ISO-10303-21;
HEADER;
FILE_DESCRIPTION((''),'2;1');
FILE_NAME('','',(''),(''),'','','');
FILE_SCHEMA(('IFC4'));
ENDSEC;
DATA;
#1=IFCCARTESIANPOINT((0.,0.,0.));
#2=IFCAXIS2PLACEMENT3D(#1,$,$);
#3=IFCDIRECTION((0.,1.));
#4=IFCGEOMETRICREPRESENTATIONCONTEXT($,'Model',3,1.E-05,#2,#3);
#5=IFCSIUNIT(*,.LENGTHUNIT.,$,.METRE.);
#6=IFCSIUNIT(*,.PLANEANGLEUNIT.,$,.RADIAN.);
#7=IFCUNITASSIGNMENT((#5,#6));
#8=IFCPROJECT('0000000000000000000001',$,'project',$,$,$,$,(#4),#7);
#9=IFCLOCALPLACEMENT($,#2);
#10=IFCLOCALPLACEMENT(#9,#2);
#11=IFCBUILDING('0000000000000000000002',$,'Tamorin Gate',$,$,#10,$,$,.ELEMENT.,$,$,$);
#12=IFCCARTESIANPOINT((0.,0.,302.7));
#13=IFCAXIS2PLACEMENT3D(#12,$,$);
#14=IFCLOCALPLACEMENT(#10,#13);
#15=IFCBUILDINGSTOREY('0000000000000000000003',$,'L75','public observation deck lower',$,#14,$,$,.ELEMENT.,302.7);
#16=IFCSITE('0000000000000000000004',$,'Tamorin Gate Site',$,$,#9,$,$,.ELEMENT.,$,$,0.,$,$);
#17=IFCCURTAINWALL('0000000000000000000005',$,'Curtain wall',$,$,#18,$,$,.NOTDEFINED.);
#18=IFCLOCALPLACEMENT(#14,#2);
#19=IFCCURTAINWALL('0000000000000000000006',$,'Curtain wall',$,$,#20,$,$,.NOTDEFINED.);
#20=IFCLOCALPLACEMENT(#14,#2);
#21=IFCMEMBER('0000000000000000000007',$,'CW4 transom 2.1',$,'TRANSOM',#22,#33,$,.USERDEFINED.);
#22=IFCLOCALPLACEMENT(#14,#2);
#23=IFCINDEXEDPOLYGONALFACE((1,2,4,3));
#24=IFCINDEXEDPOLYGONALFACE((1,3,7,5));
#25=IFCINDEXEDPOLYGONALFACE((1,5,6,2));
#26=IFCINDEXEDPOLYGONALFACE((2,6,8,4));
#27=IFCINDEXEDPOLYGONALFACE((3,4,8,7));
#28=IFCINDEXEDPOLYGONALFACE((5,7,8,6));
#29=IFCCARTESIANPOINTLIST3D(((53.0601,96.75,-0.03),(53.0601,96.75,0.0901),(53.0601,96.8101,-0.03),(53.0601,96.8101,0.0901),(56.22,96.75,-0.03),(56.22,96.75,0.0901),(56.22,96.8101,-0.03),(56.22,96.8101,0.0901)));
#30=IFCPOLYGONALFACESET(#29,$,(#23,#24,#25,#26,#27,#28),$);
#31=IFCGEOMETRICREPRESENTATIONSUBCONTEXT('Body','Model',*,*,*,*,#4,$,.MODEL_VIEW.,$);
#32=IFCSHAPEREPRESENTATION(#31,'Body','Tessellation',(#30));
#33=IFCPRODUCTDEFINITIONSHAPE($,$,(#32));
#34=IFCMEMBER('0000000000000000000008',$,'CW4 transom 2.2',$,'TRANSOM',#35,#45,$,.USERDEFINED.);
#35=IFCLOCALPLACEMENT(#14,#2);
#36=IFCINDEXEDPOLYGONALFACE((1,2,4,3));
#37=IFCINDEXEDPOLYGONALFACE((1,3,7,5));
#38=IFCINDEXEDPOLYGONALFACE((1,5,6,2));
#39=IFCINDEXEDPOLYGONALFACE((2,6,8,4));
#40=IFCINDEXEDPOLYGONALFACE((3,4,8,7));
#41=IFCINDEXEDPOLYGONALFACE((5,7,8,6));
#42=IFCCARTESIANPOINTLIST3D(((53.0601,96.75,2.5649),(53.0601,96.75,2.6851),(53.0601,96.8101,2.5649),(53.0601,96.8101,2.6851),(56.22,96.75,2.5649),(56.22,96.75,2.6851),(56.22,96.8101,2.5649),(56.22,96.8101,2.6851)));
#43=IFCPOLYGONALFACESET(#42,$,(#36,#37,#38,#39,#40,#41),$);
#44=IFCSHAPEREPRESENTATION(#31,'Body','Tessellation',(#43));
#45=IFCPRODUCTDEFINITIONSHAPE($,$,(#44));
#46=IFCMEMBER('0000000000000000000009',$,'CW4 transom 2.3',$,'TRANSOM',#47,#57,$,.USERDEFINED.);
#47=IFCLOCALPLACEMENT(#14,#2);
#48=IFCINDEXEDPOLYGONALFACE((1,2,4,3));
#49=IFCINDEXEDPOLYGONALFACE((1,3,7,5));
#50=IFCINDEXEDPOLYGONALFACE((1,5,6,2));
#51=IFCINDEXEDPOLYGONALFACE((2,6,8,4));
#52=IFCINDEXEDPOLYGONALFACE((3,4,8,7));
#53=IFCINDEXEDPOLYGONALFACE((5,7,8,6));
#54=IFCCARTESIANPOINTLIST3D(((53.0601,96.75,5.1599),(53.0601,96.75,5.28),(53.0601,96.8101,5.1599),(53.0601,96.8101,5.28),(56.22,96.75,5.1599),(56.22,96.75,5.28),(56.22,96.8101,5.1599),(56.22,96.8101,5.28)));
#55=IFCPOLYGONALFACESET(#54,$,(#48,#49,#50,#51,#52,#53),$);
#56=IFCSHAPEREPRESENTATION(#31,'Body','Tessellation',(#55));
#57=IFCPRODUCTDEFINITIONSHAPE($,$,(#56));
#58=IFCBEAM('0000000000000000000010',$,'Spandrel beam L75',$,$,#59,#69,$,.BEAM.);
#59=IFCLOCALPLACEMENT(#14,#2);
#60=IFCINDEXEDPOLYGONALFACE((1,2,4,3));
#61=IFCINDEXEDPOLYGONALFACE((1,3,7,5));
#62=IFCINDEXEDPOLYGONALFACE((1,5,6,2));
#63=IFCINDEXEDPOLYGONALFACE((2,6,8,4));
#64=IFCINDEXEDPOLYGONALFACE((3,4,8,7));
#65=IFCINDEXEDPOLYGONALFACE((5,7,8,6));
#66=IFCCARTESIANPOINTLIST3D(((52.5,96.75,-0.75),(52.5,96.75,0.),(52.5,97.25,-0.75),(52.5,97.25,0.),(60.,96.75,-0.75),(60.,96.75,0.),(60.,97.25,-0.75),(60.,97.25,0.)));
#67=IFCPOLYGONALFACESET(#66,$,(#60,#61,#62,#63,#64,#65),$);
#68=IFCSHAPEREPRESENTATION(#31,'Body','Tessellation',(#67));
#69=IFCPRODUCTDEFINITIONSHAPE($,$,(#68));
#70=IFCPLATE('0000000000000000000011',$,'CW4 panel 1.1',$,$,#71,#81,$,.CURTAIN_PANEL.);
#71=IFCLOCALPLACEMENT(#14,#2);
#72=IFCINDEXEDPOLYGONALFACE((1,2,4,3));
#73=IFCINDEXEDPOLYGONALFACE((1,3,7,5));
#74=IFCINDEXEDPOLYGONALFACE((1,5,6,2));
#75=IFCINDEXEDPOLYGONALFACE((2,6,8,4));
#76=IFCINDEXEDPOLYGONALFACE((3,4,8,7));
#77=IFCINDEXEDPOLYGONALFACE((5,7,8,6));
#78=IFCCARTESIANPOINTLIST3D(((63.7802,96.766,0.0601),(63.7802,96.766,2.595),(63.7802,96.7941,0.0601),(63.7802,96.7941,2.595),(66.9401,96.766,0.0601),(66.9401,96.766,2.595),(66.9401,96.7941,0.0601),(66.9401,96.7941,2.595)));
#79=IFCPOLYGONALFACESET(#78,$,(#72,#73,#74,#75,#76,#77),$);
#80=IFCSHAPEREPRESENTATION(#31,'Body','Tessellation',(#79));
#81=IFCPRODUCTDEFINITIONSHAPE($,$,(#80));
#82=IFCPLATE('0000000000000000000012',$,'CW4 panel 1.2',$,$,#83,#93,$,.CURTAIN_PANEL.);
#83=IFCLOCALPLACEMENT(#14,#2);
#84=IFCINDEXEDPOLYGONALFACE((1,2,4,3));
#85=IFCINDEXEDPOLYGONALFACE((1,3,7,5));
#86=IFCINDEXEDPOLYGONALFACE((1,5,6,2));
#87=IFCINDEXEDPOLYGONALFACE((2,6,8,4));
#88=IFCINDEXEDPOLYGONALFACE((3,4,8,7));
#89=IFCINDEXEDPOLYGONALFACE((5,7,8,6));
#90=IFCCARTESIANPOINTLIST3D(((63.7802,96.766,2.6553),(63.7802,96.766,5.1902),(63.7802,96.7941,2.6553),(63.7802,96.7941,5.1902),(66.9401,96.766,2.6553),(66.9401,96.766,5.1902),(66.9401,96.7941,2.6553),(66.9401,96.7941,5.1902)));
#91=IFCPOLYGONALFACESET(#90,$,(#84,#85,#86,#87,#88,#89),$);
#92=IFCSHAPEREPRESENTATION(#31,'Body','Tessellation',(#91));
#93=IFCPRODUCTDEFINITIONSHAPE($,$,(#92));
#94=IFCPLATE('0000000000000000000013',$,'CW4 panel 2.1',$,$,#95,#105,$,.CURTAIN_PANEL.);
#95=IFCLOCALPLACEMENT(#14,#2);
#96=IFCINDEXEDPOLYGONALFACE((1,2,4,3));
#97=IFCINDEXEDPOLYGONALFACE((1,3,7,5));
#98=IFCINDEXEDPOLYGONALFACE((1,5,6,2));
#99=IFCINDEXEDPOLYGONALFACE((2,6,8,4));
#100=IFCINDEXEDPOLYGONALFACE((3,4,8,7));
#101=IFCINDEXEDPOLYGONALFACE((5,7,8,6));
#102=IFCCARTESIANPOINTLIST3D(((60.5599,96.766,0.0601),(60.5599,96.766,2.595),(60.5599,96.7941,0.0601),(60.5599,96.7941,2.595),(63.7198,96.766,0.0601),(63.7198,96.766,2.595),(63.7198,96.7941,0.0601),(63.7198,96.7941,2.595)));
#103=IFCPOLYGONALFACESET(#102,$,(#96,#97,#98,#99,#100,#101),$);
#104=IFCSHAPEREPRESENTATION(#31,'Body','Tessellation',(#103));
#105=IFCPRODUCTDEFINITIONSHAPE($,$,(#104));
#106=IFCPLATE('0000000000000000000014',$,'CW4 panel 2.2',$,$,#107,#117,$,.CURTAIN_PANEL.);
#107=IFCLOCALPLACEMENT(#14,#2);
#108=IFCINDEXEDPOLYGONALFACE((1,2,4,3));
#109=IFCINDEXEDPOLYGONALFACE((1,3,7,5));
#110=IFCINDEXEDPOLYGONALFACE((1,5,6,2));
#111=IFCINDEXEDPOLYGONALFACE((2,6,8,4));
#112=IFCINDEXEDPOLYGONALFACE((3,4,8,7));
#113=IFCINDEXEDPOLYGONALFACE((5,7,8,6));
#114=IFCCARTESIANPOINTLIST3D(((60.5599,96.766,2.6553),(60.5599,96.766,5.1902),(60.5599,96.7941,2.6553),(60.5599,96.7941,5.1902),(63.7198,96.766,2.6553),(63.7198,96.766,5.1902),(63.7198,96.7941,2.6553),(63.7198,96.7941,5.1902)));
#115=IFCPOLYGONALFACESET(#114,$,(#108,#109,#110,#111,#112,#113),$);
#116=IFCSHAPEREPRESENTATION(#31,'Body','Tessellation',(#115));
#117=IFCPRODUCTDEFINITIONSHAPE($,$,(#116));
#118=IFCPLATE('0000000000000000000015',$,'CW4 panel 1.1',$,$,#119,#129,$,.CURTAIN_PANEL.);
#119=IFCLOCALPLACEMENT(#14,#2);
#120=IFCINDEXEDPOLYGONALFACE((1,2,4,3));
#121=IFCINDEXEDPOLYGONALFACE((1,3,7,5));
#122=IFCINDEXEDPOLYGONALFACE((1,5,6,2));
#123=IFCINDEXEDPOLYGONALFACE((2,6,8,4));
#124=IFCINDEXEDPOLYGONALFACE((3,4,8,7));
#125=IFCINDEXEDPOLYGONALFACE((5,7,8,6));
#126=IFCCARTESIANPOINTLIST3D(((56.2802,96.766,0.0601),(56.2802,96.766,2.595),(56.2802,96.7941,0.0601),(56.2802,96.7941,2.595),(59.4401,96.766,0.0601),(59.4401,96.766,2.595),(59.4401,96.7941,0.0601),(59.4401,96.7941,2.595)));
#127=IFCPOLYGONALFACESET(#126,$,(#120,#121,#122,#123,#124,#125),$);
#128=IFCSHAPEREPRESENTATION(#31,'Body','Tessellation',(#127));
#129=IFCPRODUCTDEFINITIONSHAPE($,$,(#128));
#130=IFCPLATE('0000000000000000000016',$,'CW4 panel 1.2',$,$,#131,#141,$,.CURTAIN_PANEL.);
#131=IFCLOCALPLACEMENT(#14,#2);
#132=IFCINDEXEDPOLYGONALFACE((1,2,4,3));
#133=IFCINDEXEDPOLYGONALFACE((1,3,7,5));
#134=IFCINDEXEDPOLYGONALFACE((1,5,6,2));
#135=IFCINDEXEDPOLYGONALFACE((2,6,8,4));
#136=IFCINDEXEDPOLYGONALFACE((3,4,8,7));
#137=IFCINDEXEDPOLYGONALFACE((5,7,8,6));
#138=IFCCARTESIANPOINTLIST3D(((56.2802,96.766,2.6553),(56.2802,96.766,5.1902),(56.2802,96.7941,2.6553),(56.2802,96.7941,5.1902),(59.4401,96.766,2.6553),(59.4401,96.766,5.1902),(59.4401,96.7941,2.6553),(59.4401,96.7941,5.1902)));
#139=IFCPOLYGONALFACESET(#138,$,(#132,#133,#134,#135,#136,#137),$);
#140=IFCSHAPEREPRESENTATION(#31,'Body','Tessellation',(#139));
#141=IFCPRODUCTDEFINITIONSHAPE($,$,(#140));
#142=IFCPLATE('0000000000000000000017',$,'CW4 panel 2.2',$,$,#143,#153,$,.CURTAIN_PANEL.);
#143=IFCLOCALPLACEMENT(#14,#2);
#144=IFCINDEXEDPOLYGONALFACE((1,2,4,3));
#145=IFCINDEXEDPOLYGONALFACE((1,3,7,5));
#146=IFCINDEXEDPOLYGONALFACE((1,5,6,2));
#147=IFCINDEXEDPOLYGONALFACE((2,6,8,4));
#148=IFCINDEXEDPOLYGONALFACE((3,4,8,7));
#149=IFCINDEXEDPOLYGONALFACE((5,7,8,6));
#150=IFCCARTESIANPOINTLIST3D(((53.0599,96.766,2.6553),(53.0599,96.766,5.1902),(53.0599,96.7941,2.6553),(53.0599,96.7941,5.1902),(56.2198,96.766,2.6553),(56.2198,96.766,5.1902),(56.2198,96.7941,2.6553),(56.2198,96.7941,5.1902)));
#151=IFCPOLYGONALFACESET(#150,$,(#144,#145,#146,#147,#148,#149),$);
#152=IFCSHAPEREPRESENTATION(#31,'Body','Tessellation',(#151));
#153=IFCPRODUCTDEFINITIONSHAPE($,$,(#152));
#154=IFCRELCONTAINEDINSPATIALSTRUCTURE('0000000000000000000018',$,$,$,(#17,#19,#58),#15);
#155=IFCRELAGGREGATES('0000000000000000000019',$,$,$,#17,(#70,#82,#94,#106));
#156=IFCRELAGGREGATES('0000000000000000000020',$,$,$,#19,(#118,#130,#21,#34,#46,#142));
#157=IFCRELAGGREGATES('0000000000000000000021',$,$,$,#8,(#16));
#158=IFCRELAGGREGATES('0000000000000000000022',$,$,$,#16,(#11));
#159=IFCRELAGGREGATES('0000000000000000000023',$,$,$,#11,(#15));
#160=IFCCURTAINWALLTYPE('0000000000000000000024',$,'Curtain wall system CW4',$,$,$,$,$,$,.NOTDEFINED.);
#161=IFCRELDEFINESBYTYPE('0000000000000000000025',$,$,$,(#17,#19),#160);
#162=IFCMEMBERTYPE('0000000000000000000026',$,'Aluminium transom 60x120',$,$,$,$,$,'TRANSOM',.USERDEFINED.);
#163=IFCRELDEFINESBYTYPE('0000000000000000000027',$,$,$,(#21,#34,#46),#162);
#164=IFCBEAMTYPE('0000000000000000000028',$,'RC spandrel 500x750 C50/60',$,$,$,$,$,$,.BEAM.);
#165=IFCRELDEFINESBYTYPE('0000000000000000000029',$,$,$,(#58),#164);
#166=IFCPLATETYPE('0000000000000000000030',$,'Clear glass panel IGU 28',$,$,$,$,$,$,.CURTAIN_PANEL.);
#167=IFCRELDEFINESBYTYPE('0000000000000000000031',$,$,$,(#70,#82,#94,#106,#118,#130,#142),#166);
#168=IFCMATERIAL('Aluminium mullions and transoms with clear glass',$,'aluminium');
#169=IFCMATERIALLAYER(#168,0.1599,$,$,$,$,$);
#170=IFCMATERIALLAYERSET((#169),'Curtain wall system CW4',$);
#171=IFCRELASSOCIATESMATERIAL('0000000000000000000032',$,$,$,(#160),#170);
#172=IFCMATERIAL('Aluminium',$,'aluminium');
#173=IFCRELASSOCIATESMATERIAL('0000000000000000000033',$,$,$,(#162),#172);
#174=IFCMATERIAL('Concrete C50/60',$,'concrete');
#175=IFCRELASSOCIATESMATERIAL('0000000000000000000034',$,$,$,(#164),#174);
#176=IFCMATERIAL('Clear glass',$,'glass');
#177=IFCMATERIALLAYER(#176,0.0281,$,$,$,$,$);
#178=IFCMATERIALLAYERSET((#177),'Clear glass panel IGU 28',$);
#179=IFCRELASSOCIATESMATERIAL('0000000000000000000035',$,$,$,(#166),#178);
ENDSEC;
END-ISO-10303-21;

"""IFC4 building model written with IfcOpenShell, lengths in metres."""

from ifc_helpers import new_model, si_unit, direction, frame, origin, origin_2d, place, context, subcontext, project, spatial, rectangle, extrude, material, layer, layer_set, material_profile, profile_set, type_object, element, aggregate, save


model = new_model("IFC4")

# Units and contexts
model_context = context("Model", 3, precision=1e-05, world=origin(), true_north=direction((0.0, 1.0)))
body_context = subcontext(model_context, "Body", "Model", "MODEL_VIEW")
ifc_project = project(units=[si_unit("LENGTHUNIT", "METRE"), si_unit("PLANEANGLEUNIT", "RADIAN")], contexts=[model_context])

# Site, building, storey
site_placement = place(None, origin())
site = spatial("IfcSite", under=ifc_project, at=site_placement, Name="Tamorin Gate Site", CompositionType="ELEMENT", RefElevation=0.0)
building_placement = place(site_placement, origin())
building = spatial("IfcBuilding", under=site, at=building_placement, Name="Tamorin Gate", CompositionType="ELEMENT")
storey_placement = place(building_placement, frame((0.0, 0.0, 302.7)))
storey = spatial("IfcBuildingStorey", under=building, at=storey_placement, Name="L75", Description="public observation deck lower", CompositionType="ELEMENT", Elevation=302.7)

# Shared definitions
ifc_material_1 = material(Name="Concrete C50/60", Category="concrete")

# Curtain walls
ifc_material_2 = material(Name="Aluminium mullions and transoms with clear glass", Category="aluminium")
ifc_layer_1 = layer(ifc_material_2, 0.1599)
ifc_layer_set_1 = layer_set([ifc_layer_1], Name="Curtain wall system CW4")
curtain_wall_type = type_object("IfcCurtainWallType", Name="Curtain wall system CW4", PredefinedType="NOTDEFINED", material=ifc_layer_set_1)
curtain_wall_1_placement = place(storey_placement, origin())
curtain_wall_1 = element("IfcCurtainWall", 1, at=curtain_wall_1_placement, inside=storey, type_object=curtain_wall_type, Name="Curtain wall", PredefinedType="NOTDEFINED")
ifc_material_3 = material(Name="Aluminium", Category="aluminium")
curtain_wall_2_placement = place(storey_placement, origin())
curtain_wall_2 = element("IfcCurtainWall", 2, at=curtain_wall_2_placement, inside=storey, type_object=curtain_wall_type, Name="Curtain wall", PredefinedType="NOTDEFINED")

# Members
ifc_material_profile_1 = material_profile(ifc_material_3, rectangle(XDim=0.0601, YDim=0.1201, at=origin_2d()), Name="RECT 60x120")
ifc_profile_set_1 = profile_set([ifc_material_profile_1], Name="Aluminium")
member_type_1 = type_object("IfcMemberType", Name="Aluminium transom 60x120", ElementType="TRANSOM", PredefinedType="USERDEFINED", material=ifc_profile_set_1)
member_1_placement = place(storey_placement, frame((56.22, 96.78, 0.03), z_axis=(-1.0, 0.0, 0.0), x_axis=(0.0, -1.0, 0.0)))
member_1 = element("IfcMember", 3, at=member_1_placement, type_object=member_type_1, Name="CW4 transom 2.1", ObjectType="TRANSOM", PredefinedType="USERDEFINED", context=body_context, shape_type="SweptSolid", body=[
    extrude(rectangle(XDim=0.0601, YDim=0.1201, at=origin_2d()), origin(), (0.0, 0.0, 1.0), 3.1599),
])
member_2_placement = place(storey_placement, frame((56.22, 96.78, 2.625), z_axis=(-1.0, 0.0, 0.0), x_axis=(0.0, -1.0, 0.0)))
member_2 = element("IfcMember", 4, at=member_2_placement, type_object=member_type_1, Name="CW4 transom 2.2", ObjectType="TRANSOM", PredefinedType="USERDEFINED", context=body_context, shape_type="SweptSolid", body=[
    extrude(rectangle(XDim=0.0601, YDim=0.1201, at=origin_2d()), origin(), (0.0, 0.0, 1.0), 3.1599),
])
member_3_placement = place(storey_placement, frame((56.22, 96.78, 5.22), z_axis=(-1.0, 0.0, 0.0), x_axis=(0.0, -1.0, 0.0)))
member_3 = element("IfcMember", 5, at=member_3_placement, type_object=member_type_1, Name="CW4 transom 2.3", ObjectType="TRANSOM", PredefinedType="USERDEFINED", context=body_context, shape_type="SweptSolid", body=[
    extrude(rectangle(XDim=0.0601, YDim=0.1201, at=origin_2d()), origin(), (0.0, 0.0, 1.0), 3.1599),
])

# Beam
ifc_material_profile_2 = material_profile(ifc_material_1, rectangle(XDim=0.5, YDim=0.75, at=origin_2d()), Name="RC 500x750")
ifc_profile_set_2 = profile_set([ifc_material_profile_2], Name="Concrete C50/60")
beam_type = type_object("IfcBeamType", Name="RC spandrel 500x750 C50/60", PredefinedType="BEAM", material=ifc_profile_set_2)
beam_placement = place(storey_placement, frame((60.0, 97.0, -0.375), z_axis=(-1.0, 0.0, 0.0), x_axis=(0.0, -1.0, 0.0)))
element("IfcBeam", 6, at=beam_placement, inside=storey, type_object=beam_type, Name="Spandrel beam L75", PredefinedType="BEAM", context=body_context, shape_type="SweptSolid", body=[
    extrude(rectangle(XDim=0.5, YDim=0.75, at=origin_2d()), origin(), (0.0, 0.0, 1.0), 7.5),
])

# Plates
ifc_material_4 = material(Name="Clear glass", Category="glass")
ifc_layer_2 = layer(ifc_material_4, 0.0281)
ifc_layer_set_2 = layer_set([ifc_layer_2], Name="Clear glass panel IGU 28")
plate_type = type_object("IfcPlateType", Name="Clear glass panel IGU 28", PredefinedType="CURTAIN_PANEL", material=ifc_layer_set_2)
plate_1_placement = place(storey_placement, frame((65.3601, 96.78, 0.0601), z_axis=(0.0, 0.0, 1.0), x_axis=(-1.0, 0.0, 0.0)))
plate_1 = element("IfcPlate", 7, at=plate_1_placement, type_object=plate_type, Name="CW4 panel 1.1", PredefinedType="CURTAIN_PANEL", context=body_context, shape_type="SweptSolid", body=[
    extrude(rectangle(XDim=3.1599, YDim=0.0281, at=origin_2d()), origin(), (0.0, 0.0, 1.0), 2.5349),
])
plate_2_placement = place(storey_placement, frame((65.3601, 96.78, 2.6553), z_axis=(0.0, 0.0, 1.0), x_axis=(-1.0, 0.0, 0.0)))
plate_2 = element("IfcPlate", 8, at=plate_2_placement, type_object=plate_type, Name="CW4 panel 1.2", PredefinedType="CURTAIN_PANEL", context=body_context, shape_type="SweptSolid", body=[
    extrude(rectangle(XDim=3.1599, YDim=0.0281, at=origin_2d()), origin(), (0.0, 0.0, 1.0), 2.5349),
])
plate_3_placement = place(storey_placement, frame((62.1399, 96.78, 0.0601), z_axis=(0.0, 0.0, 1.0), x_axis=(-1.0, 0.0, 0.0)))
plate_3 = element("IfcPlate", 9, at=plate_3_placement, type_object=plate_type, Name="CW4 panel 2.1", PredefinedType="CURTAIN_PANEL", context=body_context, shape_type="SweptSolid", body=[
    extrude(rectangle(XDim=3.1599, YDim=0.0281, at=origin_2d()), origin(), (0.0, 0.0, 1.0), 2.5349),
])
plate_4_placement = place(storey_placement, frame((62.1399, 96.78, 2.6553), z_axis=(0.0, 0.0, 1.0), x_axis=(-1.0, 0.0, 0.0)))
plate_4 = element("IfcPlate", 10, at=plate_4_placement, type_object=plate_type, Name="CW4 panel 2.2", PredefinedType="CURTAIN_PANEL", context=body_context, shape_type="SweptSolid", body=[
    extrude(rectangle(XDim=3.1599, YDim=0.0281, at=origin_2d()), origin(), (0.0, 0.0, 1.0), 2.5349),
])
aggregate(curtain_wall_1, [plate_1, plate_2, plate_3, plate_4])
plate_5_placement = place(storey_placement, frame((57.8601, 96.78, 0.0601), z_axis=(0.0, 0.0, 1.0), x_axis=(-1.0, 0.0, 0.0)))
plate_5 = element("IfcPlate", 11, at=plate_5_placement, type_object=plate_type, Name="CW4 panel 1.1", PredefinedType="CURTAIN_PANEL", context=body_context, shape_type="SweptSolid", body=[
    extrude(rectangle(XDim=3.1599, YDim=0.0281, at=origin_2d()), origin(), (0.0, 0.0, 1.0), 2.5349),
])
plate_6_placement = place(storey_placement, frame((57.8601, 96.78, 2.6553), z_axis=(0.0, 0.0, 1.0), x_axis=(-1.0, 0.0, 0.0)))
plate_6 = element("IfcPlate", 12, at=plate_6_placement, type_object=plate_type, Name="CW4 panel 1.2", PredefinedType="CURTAIN_PANEL", context=body_context, shape_type="SweptSolid", body=[
    extrude(rectangle(XDim=3.1599, YDim=0.0281, at=origin_2d()), origin(), (0.0, 0.0, 1.0), 2.5349),
])
plate_7_placement = place(storey_placement, frame((54.6399, 96.78, 2.6553), z_axis=(0.0, 0.0, 1.0), x_axis=(-1.0, 0.0, 0.0)))
plate_7 = element("IfcPlate", 13, at=plate_7_placement, type_object=plate_type, Name="CW4 panel 2.2", PredefinedType="CURTAIN_PANEL", context=body_context, shape_type="SweptSolid", body=[
    extrude(rectangle(XDim=3.1599, YDim=0.0281, at=origin_2d()), origin(), (0.0, 0.0, 1.0), 2.5349),
])
aggregate(curtain_wall_2, [plate_5, plate_6, member_1, member_2, member_3, plate_7])

save(model, "model.ifc")
